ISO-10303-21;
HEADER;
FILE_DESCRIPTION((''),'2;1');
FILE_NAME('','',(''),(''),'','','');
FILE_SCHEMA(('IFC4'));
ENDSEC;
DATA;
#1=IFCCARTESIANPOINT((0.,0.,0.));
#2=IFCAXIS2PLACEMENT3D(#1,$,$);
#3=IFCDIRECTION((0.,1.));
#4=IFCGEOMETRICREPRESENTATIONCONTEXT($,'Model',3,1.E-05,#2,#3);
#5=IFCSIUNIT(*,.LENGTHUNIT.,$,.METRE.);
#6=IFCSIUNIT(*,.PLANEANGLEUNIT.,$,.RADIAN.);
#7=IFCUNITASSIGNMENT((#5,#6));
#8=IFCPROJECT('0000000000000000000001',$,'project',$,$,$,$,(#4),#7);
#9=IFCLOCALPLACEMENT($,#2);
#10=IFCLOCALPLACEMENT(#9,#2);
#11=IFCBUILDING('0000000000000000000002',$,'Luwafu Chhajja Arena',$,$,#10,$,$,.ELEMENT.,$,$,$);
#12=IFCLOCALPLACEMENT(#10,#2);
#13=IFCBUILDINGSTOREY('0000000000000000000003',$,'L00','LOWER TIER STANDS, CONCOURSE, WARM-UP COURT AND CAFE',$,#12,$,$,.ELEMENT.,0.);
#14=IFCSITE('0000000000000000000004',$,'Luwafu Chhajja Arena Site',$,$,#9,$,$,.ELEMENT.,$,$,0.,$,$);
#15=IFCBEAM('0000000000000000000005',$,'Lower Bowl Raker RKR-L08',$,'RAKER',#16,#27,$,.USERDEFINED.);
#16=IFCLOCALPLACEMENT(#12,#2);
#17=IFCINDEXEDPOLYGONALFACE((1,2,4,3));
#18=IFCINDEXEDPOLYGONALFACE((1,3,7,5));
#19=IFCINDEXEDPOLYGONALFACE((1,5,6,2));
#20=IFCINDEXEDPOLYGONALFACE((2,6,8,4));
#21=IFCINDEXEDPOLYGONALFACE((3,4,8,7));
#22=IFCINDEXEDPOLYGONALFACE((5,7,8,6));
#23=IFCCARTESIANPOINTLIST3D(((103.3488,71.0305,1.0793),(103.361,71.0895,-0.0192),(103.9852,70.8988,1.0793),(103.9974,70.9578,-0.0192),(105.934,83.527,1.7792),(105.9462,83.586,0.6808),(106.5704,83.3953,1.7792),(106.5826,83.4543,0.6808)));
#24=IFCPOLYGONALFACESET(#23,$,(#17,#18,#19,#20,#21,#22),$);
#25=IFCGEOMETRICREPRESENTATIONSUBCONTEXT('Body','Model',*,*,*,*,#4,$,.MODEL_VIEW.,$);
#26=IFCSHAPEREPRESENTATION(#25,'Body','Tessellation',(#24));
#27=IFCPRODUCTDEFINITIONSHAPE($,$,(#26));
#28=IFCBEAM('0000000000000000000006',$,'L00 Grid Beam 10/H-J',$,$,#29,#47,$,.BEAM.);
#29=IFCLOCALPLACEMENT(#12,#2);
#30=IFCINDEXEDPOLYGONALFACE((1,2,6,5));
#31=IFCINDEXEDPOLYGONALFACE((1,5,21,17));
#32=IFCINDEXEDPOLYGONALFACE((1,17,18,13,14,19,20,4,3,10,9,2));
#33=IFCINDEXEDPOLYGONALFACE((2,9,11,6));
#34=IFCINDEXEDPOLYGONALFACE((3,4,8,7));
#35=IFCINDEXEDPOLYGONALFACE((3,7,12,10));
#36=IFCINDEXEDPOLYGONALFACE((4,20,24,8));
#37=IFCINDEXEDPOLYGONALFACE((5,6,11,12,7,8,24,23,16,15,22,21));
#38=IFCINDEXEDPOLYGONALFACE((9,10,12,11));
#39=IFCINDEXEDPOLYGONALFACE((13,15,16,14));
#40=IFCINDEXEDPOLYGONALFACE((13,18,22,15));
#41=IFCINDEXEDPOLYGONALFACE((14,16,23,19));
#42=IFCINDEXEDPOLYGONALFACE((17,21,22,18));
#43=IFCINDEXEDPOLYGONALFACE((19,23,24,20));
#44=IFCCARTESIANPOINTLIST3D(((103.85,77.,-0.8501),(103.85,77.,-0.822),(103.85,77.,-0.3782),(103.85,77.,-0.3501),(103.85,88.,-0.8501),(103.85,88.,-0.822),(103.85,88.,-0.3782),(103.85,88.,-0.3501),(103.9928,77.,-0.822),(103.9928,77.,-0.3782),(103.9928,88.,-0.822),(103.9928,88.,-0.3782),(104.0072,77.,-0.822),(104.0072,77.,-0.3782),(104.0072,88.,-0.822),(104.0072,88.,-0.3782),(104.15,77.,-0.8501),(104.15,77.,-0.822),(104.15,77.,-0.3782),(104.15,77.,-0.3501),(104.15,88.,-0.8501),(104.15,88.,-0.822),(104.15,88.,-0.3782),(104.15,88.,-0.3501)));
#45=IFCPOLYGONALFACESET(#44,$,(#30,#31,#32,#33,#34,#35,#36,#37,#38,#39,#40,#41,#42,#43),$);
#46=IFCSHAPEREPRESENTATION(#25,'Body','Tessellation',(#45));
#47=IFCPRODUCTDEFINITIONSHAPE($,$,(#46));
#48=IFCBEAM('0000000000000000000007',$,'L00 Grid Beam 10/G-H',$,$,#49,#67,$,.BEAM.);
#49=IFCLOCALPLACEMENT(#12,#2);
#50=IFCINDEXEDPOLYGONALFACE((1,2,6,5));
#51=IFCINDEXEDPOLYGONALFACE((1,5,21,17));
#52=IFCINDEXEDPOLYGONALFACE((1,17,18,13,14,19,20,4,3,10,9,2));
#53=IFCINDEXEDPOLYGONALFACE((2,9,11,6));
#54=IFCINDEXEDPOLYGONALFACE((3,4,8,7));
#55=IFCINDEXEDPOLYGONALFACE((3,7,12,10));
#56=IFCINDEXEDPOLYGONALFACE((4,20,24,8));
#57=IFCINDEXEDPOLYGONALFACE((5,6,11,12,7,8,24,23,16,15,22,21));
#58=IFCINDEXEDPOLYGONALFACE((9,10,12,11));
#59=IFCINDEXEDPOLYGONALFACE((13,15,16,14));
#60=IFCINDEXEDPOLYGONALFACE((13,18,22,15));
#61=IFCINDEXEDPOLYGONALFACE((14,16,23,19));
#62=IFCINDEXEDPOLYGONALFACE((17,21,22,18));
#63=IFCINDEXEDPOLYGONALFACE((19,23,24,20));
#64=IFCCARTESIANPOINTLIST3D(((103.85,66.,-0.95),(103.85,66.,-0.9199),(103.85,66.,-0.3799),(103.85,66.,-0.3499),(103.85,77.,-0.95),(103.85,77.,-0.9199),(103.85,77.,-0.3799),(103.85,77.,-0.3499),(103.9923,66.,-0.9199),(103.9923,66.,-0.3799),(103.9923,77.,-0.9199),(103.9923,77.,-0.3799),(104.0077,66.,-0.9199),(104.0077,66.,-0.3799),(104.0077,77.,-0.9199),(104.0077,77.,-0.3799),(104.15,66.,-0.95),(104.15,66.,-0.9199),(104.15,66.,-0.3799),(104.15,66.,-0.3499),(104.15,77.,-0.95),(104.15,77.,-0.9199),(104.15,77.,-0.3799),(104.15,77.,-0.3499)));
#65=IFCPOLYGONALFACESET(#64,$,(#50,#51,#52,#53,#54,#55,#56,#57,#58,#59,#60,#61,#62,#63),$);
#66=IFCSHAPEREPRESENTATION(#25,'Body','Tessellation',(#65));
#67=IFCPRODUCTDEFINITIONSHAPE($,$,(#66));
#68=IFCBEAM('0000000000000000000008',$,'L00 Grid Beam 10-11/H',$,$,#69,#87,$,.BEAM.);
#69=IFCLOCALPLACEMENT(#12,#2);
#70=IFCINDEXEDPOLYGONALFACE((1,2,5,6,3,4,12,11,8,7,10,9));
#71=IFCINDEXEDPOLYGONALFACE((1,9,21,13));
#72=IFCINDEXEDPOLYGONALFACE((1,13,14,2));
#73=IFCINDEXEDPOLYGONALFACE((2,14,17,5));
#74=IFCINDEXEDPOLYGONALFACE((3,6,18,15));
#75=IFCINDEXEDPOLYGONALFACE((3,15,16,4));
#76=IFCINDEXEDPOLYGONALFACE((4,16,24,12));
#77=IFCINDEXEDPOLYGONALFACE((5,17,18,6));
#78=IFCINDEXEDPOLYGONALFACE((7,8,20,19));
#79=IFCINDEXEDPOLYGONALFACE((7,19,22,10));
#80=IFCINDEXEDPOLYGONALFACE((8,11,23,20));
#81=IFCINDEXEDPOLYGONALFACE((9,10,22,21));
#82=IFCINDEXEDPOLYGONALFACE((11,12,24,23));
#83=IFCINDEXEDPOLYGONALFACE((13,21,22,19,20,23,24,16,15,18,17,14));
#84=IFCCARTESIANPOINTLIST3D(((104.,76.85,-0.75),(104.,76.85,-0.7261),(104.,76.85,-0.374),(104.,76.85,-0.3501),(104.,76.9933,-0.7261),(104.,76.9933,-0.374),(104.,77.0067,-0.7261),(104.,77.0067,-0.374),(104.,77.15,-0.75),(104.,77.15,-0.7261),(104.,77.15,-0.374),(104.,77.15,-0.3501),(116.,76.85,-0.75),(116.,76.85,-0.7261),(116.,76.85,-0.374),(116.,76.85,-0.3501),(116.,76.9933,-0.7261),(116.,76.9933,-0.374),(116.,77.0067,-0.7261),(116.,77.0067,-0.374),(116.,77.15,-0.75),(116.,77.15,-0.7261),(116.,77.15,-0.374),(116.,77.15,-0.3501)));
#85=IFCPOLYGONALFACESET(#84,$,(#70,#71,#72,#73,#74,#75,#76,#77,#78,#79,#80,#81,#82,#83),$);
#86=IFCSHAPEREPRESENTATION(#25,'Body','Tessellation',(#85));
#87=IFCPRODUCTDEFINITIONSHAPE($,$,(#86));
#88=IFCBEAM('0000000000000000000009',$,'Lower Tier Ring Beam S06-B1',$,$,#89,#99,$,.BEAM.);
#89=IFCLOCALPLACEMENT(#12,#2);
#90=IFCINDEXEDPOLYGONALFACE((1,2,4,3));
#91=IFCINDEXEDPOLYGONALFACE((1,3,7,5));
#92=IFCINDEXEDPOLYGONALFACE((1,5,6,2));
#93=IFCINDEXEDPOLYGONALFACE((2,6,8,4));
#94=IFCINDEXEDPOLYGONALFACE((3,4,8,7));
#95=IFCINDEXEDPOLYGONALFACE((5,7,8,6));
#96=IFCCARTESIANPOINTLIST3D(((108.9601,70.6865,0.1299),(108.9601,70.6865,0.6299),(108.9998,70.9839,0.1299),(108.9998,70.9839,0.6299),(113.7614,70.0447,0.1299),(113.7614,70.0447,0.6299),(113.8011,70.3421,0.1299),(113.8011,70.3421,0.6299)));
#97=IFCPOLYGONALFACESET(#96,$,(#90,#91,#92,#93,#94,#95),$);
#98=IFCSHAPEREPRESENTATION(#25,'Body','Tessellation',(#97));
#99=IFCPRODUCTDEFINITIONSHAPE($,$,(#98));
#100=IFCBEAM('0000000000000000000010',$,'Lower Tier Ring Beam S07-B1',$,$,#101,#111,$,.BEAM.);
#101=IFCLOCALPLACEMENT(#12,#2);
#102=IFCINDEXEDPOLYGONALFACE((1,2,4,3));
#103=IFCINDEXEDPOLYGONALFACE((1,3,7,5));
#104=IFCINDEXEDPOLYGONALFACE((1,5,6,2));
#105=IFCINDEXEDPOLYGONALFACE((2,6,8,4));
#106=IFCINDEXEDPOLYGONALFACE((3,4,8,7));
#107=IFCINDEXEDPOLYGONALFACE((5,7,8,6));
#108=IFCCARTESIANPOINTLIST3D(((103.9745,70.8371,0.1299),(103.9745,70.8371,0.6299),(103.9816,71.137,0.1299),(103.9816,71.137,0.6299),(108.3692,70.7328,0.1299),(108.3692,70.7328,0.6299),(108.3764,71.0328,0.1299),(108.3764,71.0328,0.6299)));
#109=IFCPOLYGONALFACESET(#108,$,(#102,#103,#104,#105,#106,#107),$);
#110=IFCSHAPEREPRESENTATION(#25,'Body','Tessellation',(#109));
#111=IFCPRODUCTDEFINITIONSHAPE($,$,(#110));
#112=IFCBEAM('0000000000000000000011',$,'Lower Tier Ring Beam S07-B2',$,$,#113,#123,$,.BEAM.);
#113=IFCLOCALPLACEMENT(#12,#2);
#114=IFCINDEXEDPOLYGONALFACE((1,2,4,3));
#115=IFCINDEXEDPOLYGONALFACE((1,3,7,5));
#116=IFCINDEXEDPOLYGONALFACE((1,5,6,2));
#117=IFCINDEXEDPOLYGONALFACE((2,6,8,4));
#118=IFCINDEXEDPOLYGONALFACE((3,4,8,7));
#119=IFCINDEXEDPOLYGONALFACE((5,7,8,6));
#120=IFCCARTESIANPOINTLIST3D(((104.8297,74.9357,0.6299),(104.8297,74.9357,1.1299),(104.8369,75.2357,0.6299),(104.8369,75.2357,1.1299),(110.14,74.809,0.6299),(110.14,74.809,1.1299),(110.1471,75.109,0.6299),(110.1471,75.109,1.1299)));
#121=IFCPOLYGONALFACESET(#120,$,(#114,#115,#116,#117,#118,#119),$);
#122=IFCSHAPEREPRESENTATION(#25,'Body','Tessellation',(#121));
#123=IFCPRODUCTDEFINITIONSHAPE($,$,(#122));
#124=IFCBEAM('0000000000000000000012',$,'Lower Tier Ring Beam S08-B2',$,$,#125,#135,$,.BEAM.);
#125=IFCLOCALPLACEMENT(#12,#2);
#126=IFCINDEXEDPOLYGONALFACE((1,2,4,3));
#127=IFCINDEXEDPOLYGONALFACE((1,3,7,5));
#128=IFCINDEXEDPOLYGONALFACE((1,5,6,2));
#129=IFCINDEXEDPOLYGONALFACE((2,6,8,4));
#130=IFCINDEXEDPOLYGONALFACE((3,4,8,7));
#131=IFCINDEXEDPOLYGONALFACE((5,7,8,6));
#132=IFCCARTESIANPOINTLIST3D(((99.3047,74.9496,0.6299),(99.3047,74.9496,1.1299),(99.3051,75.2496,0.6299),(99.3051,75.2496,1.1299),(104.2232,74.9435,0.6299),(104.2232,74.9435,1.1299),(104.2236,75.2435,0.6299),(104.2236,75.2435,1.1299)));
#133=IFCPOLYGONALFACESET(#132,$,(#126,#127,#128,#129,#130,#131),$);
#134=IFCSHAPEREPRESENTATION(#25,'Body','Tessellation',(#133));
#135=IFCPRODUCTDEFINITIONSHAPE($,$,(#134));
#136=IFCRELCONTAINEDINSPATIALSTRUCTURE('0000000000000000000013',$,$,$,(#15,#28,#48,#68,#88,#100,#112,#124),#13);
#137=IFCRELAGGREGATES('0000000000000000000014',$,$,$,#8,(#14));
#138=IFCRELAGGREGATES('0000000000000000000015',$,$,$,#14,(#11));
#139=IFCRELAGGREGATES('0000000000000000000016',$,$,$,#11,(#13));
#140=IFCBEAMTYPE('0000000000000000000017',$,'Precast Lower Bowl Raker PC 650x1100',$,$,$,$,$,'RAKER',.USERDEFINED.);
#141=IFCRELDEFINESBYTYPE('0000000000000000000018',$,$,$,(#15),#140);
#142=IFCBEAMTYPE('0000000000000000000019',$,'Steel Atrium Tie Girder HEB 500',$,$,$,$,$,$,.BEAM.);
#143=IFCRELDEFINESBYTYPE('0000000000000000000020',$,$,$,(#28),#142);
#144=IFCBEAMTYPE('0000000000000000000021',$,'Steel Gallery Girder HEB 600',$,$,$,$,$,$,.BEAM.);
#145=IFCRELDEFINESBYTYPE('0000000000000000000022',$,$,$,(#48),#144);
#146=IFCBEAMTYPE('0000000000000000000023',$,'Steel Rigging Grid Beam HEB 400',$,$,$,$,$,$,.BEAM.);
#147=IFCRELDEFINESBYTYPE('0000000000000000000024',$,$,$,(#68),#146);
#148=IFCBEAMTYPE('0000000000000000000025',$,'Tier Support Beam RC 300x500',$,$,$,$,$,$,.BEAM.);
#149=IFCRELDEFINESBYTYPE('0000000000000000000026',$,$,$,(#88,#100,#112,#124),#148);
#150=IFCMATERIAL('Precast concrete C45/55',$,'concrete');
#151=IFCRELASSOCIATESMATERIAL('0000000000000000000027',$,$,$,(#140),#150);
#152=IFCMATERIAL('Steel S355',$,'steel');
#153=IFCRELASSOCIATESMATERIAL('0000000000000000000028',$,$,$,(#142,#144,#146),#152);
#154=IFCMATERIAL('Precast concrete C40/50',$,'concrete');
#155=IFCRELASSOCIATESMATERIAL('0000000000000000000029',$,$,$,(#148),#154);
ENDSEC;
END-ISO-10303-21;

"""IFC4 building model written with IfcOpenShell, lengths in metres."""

from ifc_helpers import new_model, si_unit, direction, frame, origin, origin_2d, place, context, subcontext, project, spatial, rectangle, i_section, extrude, material, material_profile, profile_set, type_object, element, save


model = new_model("IFC4")

# Units and contexts
model_context = context("Model", 3, precision=1e-05, world=origin(), true_north=direction((0.0, 1.0)))
body_context = subcontext(model_context, "Body", "Model", "MODEL_VIEW")
ifc_project = project(units=[si_unit("LENGTHUNIT", "METRE"), si_unit("PLANEANGLEUNIT", "RADIAN")], contexts=[model_context])

# Site, building, storey
site_placement = place(None, origin())
site = spatial("IfcSite", under=ifc_project, at=site_placement, Name="Luwafu Chhajja Arena Site", CompositionType="ELEMENT", RefElevation=0.0)
building_placement = place(site_placement, origin())
building = spatial("IfcBuilding", under=site, at=building_placement, Name="Luwafu Chhajja Arena", CompositionType="ELEMENT")
storey_placement = place(building_placement, origin())
storey = spatial("IfcBuildingStorey", under=building, at=storey_placement, Name="L00", Description="LOWER TIER STANDS, CONCOURSE, WARM-UP COURT AND CAFE", CompositionType="ELEMENT", Elevation=0.0)

# Beams
ifc_material_1 = material(Name="Precast concrete C40/50", Category="concrete")
ifc_material_2 = material(Name="Steel S355", Category="steel")
ifc_material_3 = material(Name="Precast concrete C45/55", Category="concrete")
ifc_material_profile_1 = material_profile(ifc_material_3, rectangle(XDim=0.6499, YDim=1.1001, at=origin_2d()), Name="PC 650x1100")
ifc_profile_set_1 = profile_set([ifc_material_profile_1], Name="Precast concrete C45/55")
beam_type_1 = type_object("IfcBeamType", Name="Precast Lower Bowl Raker PC 650x1100", ElementType="RAKER", PredefinedType="USERDEFINED", material=ifc_profile_set_1)
beam_1_placement = place(storey_placement, frame((103.6731, 70.9941, 0.53), z_axis=(0.202279, 0.977795, 0.054768), x_axis=(-0.979265, 0.202583, 0.0)))
element("IfcBeam", 1, at=beam_1_placement, inside=storey, type_object=beam_type_1, Name="Lower Bowl Raker RKR-L08", ObjectType="RAKER", PredefinedType="USERDEFINED", context=body_context, shape_type="SweptSolid", body=[
    extrude(rectangle(XDim=0.6499, YDim=1.1001, at=origin_2d()), origin(), (0.0, 0.0, 1.0), 12.7803),
])
ifc_material_profile_2 = material_profile(ifc_material_2, i_section(OverallWidth=0.3, OverallDepth=0.5, WebThickness=0.0144, FlangeThickness=0.0281, at=origin_2d()), Name="HEB 500")
ifc_profile_set_2 = profile_set([ifc_material_profile_2], Name="Steel S355")
beam_type_2 = type_object("IfcBeamType", Name="Steel Atrium Tie Girder HEB 500", PredefinedType="BEAM", material=ifc_profile_set_2)
beam_2_placement = place(storey_placement, frame((104.0, 77.0, -0.6001), z_axis=(0.0, 1.0, 0.0), x_axis=(-1.0, 0.0, 0.0)))
element("IfcBeam", 2, at=beam_2_placement, inside=storey, type_object=beam_type_2, Name="L00 Grid Beam 10/H-J", PredefinedType="BEAM", context=body_context, shape_type="SweptSolid", body=[
    extrude(i_section(OverallWidth=0.3, OverallDepth=0.5, WebThickness=0.0144, FlangeThickness=0.0281, at=origin_2d()), origin(), (0.0, 0.0, 1.0), 11.0),
])
ifc_material_profile_3 = material_profile(ifc_material_2, i_section(OverallWidth=0.3, OverallDepth=0.6001, WebThickness=0.0154, FlangeThickness=0.03, at=origin_2d()), Name="HEB 600")
ifc_profile_set_3 = profile_set([ifc_material_profile_3], Name="Steel S355")
beam_type_3 = type_object("IfcBeamType", Name="Steel Gallery Girder HEB 600", PredefinedType="BEAM", material=ifc_profile_set_3)
beam_3_placement = place(storey_placement, frame((104.0, 66.0, -0.6499), z_axis=(0.0, 1.0, 0.0), x_axis=(-1.0, 0.0, 0.0)))
element("IfcBeam", 3, at=beam_3_placement, inside=storey, type_object=beam_type_3, Name="L00 Grid Beam 10/G-H", PredefinedType="BEAM", context=body_context, shape_type="SweptSolid", body=[
    extrude(i_section(OverallWidth=0.3, OverallDepth=0.6001, WebThickness=0.0154, FlangeThickness=0.03, at=origin_2d()), origin(), (0.0, 0.0, 1.0), 11.0),
])
ifc_material_profile_4 = material_profile(ifc_material_2, i_section(OverallWidth=0.3, OverallDepth=0.3999, WebThickness=0.0134, FlangeThickness=0.0239, at=origin_2d()), Name="HEB 400")
ifc_profile_set_4 = profile_set([ifc_material_profile_4], Name="Steel S355")
beam_type_4 = type_object("IfcBeamType", Name="Steel Rigging Grid Beam HEB 400", PredefinedType="BEAM", material=ifc_profile_set_4)
beam_4_placement = place(storey_placement, frame((104.0, 77.0, -0.55), z_axis=(1.0, 0.0, 0.0), x_axis=(0.0, 1.0, 0.0)))
element("IfcBeam", 4, at=beam_4_placement, inside=storey, type_object=beam_type_4, Name="L00 Grid Beam 10-11/H", PredefinedType="BEAM", context=body_context, shape_type="SweptSolid", body=[
    extrude(i_section(OverallWidth=0.3, OverallDepth=0.3999, WebThickness=0.0134, FlangeThickness=0.0239, at=origin_2d()), origin(), (0.0, 0.0, 1.0), 12.0),
])
ifc_material_profile_5 = material_profile(ifc_material_1, rectangle(XDim=0.3, YDim=0.5, at=origin_2d()), Name="RC 300x500")
ifc_profile_set_5 = profile_set([ifc_material_profile_5], Name="Precast concrete C40/50")
beam_type_5 = type_object("IfcBeamType", Name="Tier Support Beam RC 300x500", PredefinedType="BEAM", material=ifc_profile_set_5)
beam_5_placement = place(storey_placement, frame((113.7812, 70.1934, 0.3799), z_axis=(-0.991183, 0.132504, 0.0), x_axis=(-0.132504, -0.991183, 0.0)))
element("IfcBeam", 5, at=beam_5_placement, inside=storey, type_object=beam_type_5, Name="Lower Tier Ring Beam S06-B1", PredefinedType="BEAM", context=body_context, shape_type="SweptSolid", body=[
    extrude(rectangle(XDim=0.3, YDim=0.5, at=origin_2d()), origin(), (0.0, 0.0, 1.0), 4.844),
])
beam_6_placement = place(storey_placement, frame((108.3728, 70.8828, 0.3799), z_axis=(-0.999719, 0.023714, 0.0), x_axis=(-0.023714, -0.999719, 0.0)))
element("IfcBeam", 6, at=beam_6_placement, inside=storey, type_object=beam_type_5, Name="Lower Tier Ring Beam S07-B1", PredefinedType="BEAM", context=body_context, shape_type="SweptSolid", body=[
    extrude(rectangle(XDim=0.3, YDim=0.5, at=origin_2d()), origin(), (0.0, 0.0, 1.0), 4.396),
])
beam_7_placement = place(storey_placement, frame((110.1436, 74.959, 0.8799), z_axis=(-0.999715, 0.023854, 0.0), x_axis=(-0.023854, -0.999715, 0.0)))
element("IfcBeam", 7, at=beam_7_placement, inside=storey, type_object=beam_type_5, Name="Lower Tier Ring Beam S07-B2", PredefinedType="BEAM", context=body_context, shape_type="SweptSolid", body=[
    extrude(rectangle(XDim=0.3, YDim=0.5, at=origin_2d()), origin(), (0.0, 0.0, 1.0), 5.3118),
])
beam_8_placement = place(storey_placement, frame((104.2234, 75.0935, 0.8799), z_axis=(-0.999999, 0.001241, 0.0), x_axis=(-0.001241, -0.999999, 0.0)))
element("IfcBeam", 8, at=beam_8_placement, inside=storey, type_object=beam_type_5, Name="Lower Tier Ring Beam S08-B2", PredefinedType="BEAM", context=body_context, shape_type="SweptSolid", body=[
    extrude(rectangle(XDim=0.3, YDim=0.5, at=origin_2d()), origin(), (0.0, 0.0, 1.0), 4.9185),
])

save(model, "model.ifc")
